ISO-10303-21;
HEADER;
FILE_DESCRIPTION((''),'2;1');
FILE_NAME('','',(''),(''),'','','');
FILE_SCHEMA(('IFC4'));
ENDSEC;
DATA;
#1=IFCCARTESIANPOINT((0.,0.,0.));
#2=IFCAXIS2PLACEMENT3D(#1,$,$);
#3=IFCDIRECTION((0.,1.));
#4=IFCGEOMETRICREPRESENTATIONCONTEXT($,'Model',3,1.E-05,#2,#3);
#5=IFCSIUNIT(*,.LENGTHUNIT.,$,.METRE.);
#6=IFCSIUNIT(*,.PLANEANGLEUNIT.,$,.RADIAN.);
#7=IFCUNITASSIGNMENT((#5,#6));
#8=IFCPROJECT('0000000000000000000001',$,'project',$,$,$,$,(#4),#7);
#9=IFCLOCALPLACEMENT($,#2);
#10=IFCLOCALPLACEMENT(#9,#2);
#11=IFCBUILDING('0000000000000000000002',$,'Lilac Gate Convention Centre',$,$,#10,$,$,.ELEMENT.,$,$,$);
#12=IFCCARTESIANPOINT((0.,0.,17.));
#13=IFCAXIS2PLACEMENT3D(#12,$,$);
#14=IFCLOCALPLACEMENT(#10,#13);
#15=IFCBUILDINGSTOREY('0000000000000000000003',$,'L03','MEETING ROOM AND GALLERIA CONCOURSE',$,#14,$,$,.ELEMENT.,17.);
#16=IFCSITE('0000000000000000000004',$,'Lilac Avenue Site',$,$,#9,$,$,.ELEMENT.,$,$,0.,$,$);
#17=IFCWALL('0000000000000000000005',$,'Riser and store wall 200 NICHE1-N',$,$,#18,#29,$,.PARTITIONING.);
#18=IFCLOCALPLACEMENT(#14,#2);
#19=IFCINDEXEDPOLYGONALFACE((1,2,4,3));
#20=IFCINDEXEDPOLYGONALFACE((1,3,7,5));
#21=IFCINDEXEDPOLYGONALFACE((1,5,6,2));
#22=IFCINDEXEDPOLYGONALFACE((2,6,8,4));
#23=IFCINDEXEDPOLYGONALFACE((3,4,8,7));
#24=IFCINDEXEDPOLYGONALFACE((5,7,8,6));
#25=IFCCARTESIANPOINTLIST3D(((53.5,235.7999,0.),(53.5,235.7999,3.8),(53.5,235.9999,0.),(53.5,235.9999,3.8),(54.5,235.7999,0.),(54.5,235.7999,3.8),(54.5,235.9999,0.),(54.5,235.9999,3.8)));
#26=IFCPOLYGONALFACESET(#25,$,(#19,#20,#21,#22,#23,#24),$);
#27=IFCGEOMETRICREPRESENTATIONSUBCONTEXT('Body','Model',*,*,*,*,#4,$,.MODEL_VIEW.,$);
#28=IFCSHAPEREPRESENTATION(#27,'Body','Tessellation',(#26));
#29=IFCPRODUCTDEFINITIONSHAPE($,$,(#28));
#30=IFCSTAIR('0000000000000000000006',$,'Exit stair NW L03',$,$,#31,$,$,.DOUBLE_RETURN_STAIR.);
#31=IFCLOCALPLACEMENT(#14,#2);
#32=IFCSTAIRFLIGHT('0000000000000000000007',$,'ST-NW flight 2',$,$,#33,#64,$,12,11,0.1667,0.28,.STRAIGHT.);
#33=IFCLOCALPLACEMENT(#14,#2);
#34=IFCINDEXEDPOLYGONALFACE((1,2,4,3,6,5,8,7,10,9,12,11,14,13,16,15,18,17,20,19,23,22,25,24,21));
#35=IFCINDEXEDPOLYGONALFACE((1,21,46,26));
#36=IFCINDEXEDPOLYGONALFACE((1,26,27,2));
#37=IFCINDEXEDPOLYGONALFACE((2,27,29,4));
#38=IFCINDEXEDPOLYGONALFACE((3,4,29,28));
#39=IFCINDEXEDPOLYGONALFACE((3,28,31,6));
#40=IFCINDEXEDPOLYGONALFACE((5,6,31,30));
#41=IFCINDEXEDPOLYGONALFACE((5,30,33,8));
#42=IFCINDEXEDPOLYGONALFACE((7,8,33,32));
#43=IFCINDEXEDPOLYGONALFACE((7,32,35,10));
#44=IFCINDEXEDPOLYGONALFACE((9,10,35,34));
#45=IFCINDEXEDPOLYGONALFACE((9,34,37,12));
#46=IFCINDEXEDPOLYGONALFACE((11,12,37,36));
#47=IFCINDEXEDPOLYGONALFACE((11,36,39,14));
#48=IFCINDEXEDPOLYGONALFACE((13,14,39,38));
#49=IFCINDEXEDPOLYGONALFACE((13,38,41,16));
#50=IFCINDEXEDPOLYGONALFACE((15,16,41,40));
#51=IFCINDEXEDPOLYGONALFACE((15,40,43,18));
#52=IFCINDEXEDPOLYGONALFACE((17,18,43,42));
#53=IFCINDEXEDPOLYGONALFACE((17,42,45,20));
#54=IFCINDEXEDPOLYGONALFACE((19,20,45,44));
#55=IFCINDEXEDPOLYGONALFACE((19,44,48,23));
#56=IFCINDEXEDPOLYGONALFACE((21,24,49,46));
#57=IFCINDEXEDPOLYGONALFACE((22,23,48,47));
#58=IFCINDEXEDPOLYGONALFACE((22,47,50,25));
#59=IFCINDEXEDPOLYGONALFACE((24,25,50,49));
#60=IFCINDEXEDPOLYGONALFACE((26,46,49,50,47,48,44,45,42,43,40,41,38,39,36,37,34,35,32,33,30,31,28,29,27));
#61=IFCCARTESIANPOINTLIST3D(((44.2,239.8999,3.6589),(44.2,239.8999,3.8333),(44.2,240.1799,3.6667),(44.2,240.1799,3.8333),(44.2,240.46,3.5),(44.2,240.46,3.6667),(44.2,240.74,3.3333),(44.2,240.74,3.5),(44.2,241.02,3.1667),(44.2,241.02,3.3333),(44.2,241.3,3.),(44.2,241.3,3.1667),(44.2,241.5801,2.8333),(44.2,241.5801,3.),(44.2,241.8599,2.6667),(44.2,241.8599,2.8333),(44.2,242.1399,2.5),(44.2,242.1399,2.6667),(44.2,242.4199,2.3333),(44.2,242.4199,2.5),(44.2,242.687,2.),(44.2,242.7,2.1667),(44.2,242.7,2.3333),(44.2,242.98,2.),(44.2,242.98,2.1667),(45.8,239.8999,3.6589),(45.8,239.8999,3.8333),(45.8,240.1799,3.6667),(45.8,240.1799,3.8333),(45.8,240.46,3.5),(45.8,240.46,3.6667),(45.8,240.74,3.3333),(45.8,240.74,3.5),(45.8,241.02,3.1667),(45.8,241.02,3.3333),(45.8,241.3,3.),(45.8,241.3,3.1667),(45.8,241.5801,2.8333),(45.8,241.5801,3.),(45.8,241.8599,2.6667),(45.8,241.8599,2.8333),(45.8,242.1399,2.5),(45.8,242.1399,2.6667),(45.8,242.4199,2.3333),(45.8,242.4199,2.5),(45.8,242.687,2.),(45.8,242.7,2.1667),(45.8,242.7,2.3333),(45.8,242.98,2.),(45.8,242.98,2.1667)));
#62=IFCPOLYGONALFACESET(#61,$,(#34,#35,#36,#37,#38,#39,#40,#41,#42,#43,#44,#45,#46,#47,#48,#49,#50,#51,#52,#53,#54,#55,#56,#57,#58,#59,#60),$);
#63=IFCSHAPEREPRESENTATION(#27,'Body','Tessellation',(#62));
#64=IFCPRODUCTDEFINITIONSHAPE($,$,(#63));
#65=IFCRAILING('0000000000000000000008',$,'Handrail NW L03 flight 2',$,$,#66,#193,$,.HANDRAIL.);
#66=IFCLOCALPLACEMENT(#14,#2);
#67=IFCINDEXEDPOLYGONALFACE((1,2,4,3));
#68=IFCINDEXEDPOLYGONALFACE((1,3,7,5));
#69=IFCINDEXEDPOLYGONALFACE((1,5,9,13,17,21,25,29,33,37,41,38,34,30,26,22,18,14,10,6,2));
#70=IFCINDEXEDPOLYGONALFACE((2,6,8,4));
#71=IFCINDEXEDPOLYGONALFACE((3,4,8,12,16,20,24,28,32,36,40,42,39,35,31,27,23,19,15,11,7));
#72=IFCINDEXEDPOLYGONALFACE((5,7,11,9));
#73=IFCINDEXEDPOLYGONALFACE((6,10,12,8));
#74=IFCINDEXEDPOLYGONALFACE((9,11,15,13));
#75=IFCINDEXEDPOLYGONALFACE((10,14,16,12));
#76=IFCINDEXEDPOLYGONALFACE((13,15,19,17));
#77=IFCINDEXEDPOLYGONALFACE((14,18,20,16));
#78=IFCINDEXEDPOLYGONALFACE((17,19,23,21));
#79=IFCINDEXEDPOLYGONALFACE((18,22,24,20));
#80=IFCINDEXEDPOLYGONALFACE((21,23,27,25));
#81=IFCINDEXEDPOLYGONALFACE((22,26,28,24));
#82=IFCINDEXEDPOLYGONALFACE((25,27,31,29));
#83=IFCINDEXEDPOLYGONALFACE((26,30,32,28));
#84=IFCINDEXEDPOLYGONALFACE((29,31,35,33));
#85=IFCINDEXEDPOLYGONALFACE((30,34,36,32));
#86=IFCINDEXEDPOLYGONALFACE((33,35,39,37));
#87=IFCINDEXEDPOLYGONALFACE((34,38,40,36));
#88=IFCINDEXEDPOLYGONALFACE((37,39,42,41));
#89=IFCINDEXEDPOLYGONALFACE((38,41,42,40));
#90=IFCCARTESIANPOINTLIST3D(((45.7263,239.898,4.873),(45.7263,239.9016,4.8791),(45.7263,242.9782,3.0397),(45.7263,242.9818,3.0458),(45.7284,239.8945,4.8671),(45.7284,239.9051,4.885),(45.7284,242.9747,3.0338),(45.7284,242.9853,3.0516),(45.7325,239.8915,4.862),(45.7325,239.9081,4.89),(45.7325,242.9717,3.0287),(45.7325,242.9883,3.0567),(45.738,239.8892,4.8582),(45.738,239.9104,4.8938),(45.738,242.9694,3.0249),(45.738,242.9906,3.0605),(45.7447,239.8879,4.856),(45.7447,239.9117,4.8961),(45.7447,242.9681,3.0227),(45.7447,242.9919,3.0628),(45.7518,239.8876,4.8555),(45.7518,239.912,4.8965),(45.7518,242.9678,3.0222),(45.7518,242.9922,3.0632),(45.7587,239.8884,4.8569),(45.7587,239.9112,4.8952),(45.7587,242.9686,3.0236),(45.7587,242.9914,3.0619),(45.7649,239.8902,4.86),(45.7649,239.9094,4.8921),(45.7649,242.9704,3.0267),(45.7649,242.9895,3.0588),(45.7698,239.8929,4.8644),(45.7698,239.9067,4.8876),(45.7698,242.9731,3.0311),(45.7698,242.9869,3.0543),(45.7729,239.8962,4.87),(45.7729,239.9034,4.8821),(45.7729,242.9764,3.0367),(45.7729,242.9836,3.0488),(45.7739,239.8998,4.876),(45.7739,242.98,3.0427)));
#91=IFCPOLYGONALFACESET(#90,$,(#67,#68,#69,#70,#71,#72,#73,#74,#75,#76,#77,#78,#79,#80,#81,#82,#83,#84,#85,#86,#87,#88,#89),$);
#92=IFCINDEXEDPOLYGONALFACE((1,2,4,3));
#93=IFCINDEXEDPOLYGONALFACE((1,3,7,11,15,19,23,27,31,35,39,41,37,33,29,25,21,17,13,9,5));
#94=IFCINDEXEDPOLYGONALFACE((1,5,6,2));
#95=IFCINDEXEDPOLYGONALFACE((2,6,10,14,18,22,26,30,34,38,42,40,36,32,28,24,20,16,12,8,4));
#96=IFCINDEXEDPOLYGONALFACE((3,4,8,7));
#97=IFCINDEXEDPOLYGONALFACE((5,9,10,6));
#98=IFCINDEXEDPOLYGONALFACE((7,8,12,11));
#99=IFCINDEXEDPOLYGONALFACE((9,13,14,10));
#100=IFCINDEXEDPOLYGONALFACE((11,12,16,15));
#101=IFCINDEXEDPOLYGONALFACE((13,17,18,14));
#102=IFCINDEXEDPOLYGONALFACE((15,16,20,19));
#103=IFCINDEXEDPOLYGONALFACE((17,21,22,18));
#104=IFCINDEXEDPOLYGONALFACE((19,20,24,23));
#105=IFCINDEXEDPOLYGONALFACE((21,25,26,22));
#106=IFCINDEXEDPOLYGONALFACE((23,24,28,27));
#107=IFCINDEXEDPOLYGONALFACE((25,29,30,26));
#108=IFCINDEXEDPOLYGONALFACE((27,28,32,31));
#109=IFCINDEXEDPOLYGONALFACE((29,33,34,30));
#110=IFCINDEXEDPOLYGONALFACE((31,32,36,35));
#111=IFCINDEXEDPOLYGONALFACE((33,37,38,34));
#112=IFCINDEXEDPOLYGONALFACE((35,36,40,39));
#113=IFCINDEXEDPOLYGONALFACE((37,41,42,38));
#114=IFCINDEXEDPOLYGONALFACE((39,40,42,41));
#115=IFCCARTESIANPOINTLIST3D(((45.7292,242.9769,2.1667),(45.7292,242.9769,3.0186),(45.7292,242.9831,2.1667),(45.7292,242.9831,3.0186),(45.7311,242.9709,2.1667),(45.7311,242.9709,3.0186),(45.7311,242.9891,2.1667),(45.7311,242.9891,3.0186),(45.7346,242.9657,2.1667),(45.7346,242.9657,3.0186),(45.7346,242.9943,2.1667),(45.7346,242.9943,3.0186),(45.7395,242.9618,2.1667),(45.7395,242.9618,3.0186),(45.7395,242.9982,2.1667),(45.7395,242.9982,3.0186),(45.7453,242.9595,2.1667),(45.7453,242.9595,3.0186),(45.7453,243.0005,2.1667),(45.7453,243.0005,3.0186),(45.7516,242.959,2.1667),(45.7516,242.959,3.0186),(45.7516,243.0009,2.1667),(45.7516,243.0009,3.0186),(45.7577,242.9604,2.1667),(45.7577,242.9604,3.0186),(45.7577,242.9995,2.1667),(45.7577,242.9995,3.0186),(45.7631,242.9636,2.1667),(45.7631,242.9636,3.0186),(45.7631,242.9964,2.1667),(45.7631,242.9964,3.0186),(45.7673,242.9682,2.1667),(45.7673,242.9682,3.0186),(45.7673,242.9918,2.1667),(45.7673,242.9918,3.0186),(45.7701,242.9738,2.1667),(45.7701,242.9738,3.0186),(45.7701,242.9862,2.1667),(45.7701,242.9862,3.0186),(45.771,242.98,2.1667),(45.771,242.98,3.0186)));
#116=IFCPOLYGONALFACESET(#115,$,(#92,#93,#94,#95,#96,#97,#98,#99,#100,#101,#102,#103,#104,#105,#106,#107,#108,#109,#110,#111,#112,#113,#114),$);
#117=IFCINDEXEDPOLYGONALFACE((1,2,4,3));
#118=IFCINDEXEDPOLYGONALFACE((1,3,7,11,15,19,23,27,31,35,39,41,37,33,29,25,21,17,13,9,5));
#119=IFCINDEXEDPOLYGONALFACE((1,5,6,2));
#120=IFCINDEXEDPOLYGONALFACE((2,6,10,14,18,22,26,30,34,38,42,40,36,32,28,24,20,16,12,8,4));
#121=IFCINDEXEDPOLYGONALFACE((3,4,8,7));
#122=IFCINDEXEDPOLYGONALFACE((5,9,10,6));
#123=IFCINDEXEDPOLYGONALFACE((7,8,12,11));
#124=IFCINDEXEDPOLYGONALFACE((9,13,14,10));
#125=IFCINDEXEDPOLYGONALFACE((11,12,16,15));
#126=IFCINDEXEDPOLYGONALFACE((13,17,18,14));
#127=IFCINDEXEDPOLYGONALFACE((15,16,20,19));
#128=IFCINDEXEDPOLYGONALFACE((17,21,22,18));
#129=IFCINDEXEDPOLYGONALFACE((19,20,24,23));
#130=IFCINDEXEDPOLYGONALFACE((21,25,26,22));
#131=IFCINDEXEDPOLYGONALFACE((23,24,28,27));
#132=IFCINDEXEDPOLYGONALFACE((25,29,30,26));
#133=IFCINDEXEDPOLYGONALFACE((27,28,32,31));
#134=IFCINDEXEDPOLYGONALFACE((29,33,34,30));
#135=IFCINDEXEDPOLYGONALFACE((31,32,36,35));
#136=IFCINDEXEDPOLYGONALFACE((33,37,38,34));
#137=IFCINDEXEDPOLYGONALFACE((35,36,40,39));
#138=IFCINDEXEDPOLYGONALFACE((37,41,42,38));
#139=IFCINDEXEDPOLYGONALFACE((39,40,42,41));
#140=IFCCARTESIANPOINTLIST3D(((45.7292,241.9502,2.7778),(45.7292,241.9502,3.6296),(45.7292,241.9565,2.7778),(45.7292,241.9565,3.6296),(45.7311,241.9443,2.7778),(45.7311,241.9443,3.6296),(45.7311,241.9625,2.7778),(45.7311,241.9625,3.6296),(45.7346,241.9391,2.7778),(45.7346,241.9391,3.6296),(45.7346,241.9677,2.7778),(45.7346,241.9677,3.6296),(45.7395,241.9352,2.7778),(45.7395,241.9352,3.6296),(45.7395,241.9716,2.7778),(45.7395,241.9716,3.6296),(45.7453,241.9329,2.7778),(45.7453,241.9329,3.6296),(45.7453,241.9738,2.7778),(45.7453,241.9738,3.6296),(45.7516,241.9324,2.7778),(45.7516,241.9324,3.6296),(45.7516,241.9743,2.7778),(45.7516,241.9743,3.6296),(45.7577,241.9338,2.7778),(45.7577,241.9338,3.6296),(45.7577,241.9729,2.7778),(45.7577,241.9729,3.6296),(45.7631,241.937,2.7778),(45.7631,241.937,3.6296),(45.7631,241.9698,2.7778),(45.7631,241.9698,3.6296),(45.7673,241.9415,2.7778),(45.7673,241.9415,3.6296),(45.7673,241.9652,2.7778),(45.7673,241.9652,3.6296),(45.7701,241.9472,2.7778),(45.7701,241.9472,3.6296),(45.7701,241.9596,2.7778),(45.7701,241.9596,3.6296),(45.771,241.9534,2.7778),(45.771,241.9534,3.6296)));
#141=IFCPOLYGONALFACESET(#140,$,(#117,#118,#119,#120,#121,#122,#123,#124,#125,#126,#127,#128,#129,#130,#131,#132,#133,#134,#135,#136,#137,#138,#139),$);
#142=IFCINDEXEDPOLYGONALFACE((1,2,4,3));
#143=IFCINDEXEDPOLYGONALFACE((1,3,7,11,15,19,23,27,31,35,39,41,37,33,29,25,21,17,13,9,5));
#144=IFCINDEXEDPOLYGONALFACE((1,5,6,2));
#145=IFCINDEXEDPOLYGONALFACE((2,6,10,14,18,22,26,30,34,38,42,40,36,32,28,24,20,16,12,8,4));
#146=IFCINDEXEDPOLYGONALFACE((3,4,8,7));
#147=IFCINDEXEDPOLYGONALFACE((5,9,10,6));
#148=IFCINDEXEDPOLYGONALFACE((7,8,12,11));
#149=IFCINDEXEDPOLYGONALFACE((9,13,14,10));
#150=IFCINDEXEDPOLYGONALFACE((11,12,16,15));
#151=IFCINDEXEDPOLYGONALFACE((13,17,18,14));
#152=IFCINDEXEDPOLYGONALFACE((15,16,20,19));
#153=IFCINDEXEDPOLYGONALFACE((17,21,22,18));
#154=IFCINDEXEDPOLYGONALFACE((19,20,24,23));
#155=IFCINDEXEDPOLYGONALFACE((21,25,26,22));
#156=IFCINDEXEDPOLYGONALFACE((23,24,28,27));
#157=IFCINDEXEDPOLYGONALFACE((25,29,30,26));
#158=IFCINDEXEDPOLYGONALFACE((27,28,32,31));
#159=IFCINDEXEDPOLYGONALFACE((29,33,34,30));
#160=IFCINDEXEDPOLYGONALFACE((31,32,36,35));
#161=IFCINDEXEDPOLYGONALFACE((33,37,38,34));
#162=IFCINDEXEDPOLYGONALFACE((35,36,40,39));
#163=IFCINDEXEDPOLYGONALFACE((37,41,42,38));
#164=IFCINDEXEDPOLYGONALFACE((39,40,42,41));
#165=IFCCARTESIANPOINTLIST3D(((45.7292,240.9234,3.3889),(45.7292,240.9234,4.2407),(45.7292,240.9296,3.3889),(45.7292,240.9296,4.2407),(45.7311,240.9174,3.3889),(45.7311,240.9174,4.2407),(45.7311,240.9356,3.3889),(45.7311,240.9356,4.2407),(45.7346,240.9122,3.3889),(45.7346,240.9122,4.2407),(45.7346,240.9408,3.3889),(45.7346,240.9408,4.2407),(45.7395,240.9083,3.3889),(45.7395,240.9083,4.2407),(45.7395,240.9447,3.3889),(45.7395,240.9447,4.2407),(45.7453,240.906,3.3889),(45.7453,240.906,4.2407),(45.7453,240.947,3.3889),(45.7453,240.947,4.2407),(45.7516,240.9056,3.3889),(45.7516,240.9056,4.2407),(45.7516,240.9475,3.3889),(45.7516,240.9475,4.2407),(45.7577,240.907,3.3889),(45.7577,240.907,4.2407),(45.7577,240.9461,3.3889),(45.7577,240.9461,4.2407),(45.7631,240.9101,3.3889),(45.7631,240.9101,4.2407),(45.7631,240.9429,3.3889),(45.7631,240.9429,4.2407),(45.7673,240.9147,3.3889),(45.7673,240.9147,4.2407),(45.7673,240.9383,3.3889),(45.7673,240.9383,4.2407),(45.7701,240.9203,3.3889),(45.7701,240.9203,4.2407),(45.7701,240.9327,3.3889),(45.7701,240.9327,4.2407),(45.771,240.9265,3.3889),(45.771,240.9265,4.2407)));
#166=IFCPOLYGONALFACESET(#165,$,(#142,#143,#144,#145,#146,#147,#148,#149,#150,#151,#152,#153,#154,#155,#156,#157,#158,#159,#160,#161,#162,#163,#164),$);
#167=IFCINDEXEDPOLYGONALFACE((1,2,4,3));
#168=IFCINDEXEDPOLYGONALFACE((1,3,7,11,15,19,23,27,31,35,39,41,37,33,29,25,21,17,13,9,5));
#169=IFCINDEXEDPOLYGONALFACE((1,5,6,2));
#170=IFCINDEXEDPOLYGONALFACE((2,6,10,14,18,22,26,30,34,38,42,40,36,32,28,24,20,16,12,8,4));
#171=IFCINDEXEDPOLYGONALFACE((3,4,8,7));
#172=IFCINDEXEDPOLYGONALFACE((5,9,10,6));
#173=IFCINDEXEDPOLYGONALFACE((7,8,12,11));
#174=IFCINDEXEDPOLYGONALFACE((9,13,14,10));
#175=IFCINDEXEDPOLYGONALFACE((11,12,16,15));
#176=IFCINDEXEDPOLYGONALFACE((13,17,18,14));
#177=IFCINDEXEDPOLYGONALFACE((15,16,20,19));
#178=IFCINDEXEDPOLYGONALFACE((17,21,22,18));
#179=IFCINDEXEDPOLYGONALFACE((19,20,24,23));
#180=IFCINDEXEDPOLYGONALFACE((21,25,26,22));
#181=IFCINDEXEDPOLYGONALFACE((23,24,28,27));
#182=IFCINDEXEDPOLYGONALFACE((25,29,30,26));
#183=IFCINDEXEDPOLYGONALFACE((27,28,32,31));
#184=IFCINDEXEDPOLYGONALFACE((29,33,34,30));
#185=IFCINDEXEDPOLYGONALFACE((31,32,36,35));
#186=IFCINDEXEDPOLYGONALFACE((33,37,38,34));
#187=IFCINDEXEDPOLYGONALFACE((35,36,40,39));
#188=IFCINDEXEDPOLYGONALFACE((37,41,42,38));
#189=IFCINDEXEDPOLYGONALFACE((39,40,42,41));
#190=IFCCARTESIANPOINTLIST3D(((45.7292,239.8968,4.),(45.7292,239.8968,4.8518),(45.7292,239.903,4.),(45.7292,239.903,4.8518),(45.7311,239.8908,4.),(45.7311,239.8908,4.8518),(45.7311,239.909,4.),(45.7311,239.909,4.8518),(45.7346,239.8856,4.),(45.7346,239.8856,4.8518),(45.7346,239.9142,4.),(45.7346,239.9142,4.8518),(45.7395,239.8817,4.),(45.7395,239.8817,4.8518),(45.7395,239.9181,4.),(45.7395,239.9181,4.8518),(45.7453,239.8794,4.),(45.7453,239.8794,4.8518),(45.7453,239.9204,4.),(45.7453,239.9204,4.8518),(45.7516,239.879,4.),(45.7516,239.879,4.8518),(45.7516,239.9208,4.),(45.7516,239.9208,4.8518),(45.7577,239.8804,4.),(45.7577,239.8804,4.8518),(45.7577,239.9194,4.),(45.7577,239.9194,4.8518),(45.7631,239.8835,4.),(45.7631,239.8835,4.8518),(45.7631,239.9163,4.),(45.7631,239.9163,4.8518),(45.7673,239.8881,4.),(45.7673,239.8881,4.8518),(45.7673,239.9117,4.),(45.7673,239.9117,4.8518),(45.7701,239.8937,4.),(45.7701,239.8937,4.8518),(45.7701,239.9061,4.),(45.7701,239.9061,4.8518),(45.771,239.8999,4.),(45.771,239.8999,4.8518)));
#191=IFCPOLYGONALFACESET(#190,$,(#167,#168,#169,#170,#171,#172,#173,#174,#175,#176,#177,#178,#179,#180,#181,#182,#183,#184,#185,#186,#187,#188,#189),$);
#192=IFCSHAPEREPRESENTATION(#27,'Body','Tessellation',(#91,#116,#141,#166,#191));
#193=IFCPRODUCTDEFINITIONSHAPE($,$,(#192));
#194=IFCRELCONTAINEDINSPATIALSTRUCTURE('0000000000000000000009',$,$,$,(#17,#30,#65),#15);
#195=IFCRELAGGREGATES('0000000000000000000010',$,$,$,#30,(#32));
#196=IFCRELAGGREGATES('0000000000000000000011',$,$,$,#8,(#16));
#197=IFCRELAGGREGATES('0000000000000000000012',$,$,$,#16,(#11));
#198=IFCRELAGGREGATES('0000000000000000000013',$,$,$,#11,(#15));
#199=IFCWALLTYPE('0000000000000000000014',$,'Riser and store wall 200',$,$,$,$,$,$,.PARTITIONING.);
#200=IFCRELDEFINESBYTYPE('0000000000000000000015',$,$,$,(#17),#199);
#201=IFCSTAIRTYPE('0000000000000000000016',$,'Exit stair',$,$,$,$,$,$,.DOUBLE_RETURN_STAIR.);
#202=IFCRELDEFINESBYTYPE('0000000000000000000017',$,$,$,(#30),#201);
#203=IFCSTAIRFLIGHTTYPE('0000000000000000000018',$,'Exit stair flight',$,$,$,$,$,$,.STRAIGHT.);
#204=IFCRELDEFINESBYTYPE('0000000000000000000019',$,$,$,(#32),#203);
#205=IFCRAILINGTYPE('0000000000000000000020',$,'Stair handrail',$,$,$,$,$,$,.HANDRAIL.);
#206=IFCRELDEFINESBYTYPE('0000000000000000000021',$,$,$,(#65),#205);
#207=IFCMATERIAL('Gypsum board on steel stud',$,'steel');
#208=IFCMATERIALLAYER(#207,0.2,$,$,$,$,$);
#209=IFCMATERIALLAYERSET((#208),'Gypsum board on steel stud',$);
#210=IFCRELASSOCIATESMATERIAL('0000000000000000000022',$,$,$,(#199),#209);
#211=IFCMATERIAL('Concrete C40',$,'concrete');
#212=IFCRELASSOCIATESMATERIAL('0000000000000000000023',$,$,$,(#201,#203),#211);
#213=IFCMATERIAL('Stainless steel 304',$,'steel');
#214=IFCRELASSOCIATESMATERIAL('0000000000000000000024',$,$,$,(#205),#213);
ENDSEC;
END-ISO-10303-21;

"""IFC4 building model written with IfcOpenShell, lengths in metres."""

from ifc_helpers import new_model, si_unit, direction, frame, frame_2d, origin, origin_2d, place, context, subcontext, project, spatial, polyline, rectangle, circle, outline, extrude, material, layer, layer_set, type_object, element, aggregate, save


model = new_model("IFC4")

# Units and contexts
model_context = context("Model", 3, precision=1e-05, world=origin(), true_north=direction((0.0, 1.0)))
body_context = subcontext(model_context, "Body", "Model", "MODEL_VIEW")
ifc_project = project(units=[si_unit("LENGTHUNIT", "METRE"), si_unit("PLANEANGLEUNIT", "RADIAN")], contexts=[model_context])

# Site, building, storey
site_placement = place(None, origin())
site = spatial("IfcSite", under=ifc_project, at=site_placement, Name="Lilac Avenue Site", CompositionType="ELEMENT", RefElevation=0.0)
building_placement = place(site_placement, origin())
building = spatial("IfcBuilding", under=site, at=building_placement, Name="Lilac Gate Convention Centre", CompositionType="ELEMENT")
storey_placement = place(building_placement, frame((0.0, 0.0, 17.0)))
storey = spatial("IfcBuildingStorey", under=building, at=storey_placement, Name="L03", Description="MEETING ROOM AND GALLERIA CONCOURSE", CompositionType="ELEMENT", Elevation=17.0)

# Shared definitions
ifc_material_1 = material(Name="Concrete C40", Category="concrete")

# Shared definitions
ifc_material_2 = material(Name="Gypsum board on steel stud", Category="steel")

# Wall
ifc_layer_1 = layer(ifc_material_2, 0.2)
ifc_layer_set_1 = layer_set([ifc_layer_1], Name="Gypsum board on steel stud")
wall_type_1 = type_object("IfcWallType", Name="Riser and store wall 200", PredefinedType="PARTITIONING", material=ifc_layer_set_1)
wall_1_placement = place(storey_placement, frame((53.5, 235.8999, 0.0), z_axis=(0.0, 0.0, 1.0), x_axis=(1.0, 0.0, 0.0)))
element("IfcWall", 1, at=wall_1_placement, inside=storey, type_object=wall_type_1, Name="Riser and store wall 200 NICHE1-N", PredefinedType="PARTITIONING", context=body_context, shape_type="SweptSolid", body=[
    extrude(rectangle(XDim=1.0, YDim=0.2, at=frame_2d((0.5, 0.0))), origin(), (0.0, 0.0, 1.0), 3.8),
])

# Stair, stair flight
stair_type = type_object("IfcStairType", Name="Exit stair", PredefinedType="DOUBLE_RETURN_STAIR", material=ifc_material_1)
stair_placement = place(storey_placement, origin())
stair = element("IfcStair", 2, at=stair_placement, inside=storey, type_object=stair_type, Name="Exit stair NW L03", PredefinedType="DOUBLE_RETURN_STAIR")
stair_flight_type = type_object("IfcStairFlightType", Name="Exit stair flight", PredefinedType="STRAIGHT", material=ifc_material_1)
stair_flight_placement = place(storey_placement, frame((45.0, 242.98, 2.0), z_axis=(0.0, 0.0, 1.0), x_axis=(0.0, -1.0, 0.0)))
stair_flight = element("IfcStairFlight", 3, at=stair_flight_placement, type_object=stair_flight_type, Name="ST-NW flight 2", NumberOfRisers=12, NumberOfTreads=11, PredefinedType="STRAIGHT", RiserHeight=0.1667, TreadLength=0.28, context=body_context, shape_type="SweptSolid", body=[
    extrude(outline(polyline([(0.0, 0.0), (0.0, 0.1667), (0.28, 0.1667), (0.28, 0.3333), (0.5601, 0.3333), (0.5601, 0.5), (0.8401, 0.5), (0.8401, 0.6667), (1.1201, 0.6667), (1.1201, 0.8333), (1.3999, 0.8333), (1.3999, 1.0), (1.6799, 1.0), (1.6799, 1.1667), (1.96, 1.1667), (1.96, 1.3333), (2.24, 1.3333), (2.24, 1.5), (2.52, 1.5), (2.52, 1.6667), (2.8, 1.6667), (2.8, 1.8333), (3.0801, 1.8333), (3.0801, 2.0), (3.0801, 1.6589), (0.293, 0.0), (0.0, 0.0)])), frame((0.0, 0.8, 0.0), z_axis=(0.0, -1.0, 0.0), x_axis=(1.0, 0.0, 0.0)), (0.0, 0.0, 1.0), 1.6001),
])
aggregate(stair, [stair_flight])

# Railing
ifc_material_3 = material(Name="Stainless steel 304", Category="steel")
railing_type = type_object("IfcRailingType", Name="Stair handrail", PredefinedType="HANDRAIL", material=ifc_material_3)
for number, where, name in (
    (4, (45.75, 242.98, 2.1667), "Handrail NW L03 flight 2"),
):
    element("IfcRailing", number, at=place(storey_placement, frame(where)), inside=storey, type_object=railing_type, Name=name, PredefinedType="HANDRAIL", context=body_context, shape_type="SweptSolid", body=[
        extrude(circle(Radius=0.0239, at=origin_2d()), frame((0.0, 0.0, 0.876), z_axis=(0.0, -0.859309, 0.511458), x_axis=(1.0, 0.0, 0.0)), (0.0, 0.0, 1.0), 3.5845),
        extrude(circle(Radius=0.021, at=origin_2d()), origin(), (0.0, 0.0, 1.0), 0.8518),
        extrude(circle(Radius=0.021, at=origin_2d()), frame((0.0, -1.0266, 0.6111)), (0.0, 0.0, 1.0), 0.8518),
        extrude(circle(Radius=0.021, at=origin_2d()), frame((0.0, -2.0535, 1.2222)), (0.0, 0.0, 1.0), 0.8518),
        extrude(circle(Radius=0.021, at=origin_2d()), frame((0.0, -3.0801, 1.8333)), (0.0, 0.0, 1.0), 0.8518),
    ])

save(model, "model.ifc")
